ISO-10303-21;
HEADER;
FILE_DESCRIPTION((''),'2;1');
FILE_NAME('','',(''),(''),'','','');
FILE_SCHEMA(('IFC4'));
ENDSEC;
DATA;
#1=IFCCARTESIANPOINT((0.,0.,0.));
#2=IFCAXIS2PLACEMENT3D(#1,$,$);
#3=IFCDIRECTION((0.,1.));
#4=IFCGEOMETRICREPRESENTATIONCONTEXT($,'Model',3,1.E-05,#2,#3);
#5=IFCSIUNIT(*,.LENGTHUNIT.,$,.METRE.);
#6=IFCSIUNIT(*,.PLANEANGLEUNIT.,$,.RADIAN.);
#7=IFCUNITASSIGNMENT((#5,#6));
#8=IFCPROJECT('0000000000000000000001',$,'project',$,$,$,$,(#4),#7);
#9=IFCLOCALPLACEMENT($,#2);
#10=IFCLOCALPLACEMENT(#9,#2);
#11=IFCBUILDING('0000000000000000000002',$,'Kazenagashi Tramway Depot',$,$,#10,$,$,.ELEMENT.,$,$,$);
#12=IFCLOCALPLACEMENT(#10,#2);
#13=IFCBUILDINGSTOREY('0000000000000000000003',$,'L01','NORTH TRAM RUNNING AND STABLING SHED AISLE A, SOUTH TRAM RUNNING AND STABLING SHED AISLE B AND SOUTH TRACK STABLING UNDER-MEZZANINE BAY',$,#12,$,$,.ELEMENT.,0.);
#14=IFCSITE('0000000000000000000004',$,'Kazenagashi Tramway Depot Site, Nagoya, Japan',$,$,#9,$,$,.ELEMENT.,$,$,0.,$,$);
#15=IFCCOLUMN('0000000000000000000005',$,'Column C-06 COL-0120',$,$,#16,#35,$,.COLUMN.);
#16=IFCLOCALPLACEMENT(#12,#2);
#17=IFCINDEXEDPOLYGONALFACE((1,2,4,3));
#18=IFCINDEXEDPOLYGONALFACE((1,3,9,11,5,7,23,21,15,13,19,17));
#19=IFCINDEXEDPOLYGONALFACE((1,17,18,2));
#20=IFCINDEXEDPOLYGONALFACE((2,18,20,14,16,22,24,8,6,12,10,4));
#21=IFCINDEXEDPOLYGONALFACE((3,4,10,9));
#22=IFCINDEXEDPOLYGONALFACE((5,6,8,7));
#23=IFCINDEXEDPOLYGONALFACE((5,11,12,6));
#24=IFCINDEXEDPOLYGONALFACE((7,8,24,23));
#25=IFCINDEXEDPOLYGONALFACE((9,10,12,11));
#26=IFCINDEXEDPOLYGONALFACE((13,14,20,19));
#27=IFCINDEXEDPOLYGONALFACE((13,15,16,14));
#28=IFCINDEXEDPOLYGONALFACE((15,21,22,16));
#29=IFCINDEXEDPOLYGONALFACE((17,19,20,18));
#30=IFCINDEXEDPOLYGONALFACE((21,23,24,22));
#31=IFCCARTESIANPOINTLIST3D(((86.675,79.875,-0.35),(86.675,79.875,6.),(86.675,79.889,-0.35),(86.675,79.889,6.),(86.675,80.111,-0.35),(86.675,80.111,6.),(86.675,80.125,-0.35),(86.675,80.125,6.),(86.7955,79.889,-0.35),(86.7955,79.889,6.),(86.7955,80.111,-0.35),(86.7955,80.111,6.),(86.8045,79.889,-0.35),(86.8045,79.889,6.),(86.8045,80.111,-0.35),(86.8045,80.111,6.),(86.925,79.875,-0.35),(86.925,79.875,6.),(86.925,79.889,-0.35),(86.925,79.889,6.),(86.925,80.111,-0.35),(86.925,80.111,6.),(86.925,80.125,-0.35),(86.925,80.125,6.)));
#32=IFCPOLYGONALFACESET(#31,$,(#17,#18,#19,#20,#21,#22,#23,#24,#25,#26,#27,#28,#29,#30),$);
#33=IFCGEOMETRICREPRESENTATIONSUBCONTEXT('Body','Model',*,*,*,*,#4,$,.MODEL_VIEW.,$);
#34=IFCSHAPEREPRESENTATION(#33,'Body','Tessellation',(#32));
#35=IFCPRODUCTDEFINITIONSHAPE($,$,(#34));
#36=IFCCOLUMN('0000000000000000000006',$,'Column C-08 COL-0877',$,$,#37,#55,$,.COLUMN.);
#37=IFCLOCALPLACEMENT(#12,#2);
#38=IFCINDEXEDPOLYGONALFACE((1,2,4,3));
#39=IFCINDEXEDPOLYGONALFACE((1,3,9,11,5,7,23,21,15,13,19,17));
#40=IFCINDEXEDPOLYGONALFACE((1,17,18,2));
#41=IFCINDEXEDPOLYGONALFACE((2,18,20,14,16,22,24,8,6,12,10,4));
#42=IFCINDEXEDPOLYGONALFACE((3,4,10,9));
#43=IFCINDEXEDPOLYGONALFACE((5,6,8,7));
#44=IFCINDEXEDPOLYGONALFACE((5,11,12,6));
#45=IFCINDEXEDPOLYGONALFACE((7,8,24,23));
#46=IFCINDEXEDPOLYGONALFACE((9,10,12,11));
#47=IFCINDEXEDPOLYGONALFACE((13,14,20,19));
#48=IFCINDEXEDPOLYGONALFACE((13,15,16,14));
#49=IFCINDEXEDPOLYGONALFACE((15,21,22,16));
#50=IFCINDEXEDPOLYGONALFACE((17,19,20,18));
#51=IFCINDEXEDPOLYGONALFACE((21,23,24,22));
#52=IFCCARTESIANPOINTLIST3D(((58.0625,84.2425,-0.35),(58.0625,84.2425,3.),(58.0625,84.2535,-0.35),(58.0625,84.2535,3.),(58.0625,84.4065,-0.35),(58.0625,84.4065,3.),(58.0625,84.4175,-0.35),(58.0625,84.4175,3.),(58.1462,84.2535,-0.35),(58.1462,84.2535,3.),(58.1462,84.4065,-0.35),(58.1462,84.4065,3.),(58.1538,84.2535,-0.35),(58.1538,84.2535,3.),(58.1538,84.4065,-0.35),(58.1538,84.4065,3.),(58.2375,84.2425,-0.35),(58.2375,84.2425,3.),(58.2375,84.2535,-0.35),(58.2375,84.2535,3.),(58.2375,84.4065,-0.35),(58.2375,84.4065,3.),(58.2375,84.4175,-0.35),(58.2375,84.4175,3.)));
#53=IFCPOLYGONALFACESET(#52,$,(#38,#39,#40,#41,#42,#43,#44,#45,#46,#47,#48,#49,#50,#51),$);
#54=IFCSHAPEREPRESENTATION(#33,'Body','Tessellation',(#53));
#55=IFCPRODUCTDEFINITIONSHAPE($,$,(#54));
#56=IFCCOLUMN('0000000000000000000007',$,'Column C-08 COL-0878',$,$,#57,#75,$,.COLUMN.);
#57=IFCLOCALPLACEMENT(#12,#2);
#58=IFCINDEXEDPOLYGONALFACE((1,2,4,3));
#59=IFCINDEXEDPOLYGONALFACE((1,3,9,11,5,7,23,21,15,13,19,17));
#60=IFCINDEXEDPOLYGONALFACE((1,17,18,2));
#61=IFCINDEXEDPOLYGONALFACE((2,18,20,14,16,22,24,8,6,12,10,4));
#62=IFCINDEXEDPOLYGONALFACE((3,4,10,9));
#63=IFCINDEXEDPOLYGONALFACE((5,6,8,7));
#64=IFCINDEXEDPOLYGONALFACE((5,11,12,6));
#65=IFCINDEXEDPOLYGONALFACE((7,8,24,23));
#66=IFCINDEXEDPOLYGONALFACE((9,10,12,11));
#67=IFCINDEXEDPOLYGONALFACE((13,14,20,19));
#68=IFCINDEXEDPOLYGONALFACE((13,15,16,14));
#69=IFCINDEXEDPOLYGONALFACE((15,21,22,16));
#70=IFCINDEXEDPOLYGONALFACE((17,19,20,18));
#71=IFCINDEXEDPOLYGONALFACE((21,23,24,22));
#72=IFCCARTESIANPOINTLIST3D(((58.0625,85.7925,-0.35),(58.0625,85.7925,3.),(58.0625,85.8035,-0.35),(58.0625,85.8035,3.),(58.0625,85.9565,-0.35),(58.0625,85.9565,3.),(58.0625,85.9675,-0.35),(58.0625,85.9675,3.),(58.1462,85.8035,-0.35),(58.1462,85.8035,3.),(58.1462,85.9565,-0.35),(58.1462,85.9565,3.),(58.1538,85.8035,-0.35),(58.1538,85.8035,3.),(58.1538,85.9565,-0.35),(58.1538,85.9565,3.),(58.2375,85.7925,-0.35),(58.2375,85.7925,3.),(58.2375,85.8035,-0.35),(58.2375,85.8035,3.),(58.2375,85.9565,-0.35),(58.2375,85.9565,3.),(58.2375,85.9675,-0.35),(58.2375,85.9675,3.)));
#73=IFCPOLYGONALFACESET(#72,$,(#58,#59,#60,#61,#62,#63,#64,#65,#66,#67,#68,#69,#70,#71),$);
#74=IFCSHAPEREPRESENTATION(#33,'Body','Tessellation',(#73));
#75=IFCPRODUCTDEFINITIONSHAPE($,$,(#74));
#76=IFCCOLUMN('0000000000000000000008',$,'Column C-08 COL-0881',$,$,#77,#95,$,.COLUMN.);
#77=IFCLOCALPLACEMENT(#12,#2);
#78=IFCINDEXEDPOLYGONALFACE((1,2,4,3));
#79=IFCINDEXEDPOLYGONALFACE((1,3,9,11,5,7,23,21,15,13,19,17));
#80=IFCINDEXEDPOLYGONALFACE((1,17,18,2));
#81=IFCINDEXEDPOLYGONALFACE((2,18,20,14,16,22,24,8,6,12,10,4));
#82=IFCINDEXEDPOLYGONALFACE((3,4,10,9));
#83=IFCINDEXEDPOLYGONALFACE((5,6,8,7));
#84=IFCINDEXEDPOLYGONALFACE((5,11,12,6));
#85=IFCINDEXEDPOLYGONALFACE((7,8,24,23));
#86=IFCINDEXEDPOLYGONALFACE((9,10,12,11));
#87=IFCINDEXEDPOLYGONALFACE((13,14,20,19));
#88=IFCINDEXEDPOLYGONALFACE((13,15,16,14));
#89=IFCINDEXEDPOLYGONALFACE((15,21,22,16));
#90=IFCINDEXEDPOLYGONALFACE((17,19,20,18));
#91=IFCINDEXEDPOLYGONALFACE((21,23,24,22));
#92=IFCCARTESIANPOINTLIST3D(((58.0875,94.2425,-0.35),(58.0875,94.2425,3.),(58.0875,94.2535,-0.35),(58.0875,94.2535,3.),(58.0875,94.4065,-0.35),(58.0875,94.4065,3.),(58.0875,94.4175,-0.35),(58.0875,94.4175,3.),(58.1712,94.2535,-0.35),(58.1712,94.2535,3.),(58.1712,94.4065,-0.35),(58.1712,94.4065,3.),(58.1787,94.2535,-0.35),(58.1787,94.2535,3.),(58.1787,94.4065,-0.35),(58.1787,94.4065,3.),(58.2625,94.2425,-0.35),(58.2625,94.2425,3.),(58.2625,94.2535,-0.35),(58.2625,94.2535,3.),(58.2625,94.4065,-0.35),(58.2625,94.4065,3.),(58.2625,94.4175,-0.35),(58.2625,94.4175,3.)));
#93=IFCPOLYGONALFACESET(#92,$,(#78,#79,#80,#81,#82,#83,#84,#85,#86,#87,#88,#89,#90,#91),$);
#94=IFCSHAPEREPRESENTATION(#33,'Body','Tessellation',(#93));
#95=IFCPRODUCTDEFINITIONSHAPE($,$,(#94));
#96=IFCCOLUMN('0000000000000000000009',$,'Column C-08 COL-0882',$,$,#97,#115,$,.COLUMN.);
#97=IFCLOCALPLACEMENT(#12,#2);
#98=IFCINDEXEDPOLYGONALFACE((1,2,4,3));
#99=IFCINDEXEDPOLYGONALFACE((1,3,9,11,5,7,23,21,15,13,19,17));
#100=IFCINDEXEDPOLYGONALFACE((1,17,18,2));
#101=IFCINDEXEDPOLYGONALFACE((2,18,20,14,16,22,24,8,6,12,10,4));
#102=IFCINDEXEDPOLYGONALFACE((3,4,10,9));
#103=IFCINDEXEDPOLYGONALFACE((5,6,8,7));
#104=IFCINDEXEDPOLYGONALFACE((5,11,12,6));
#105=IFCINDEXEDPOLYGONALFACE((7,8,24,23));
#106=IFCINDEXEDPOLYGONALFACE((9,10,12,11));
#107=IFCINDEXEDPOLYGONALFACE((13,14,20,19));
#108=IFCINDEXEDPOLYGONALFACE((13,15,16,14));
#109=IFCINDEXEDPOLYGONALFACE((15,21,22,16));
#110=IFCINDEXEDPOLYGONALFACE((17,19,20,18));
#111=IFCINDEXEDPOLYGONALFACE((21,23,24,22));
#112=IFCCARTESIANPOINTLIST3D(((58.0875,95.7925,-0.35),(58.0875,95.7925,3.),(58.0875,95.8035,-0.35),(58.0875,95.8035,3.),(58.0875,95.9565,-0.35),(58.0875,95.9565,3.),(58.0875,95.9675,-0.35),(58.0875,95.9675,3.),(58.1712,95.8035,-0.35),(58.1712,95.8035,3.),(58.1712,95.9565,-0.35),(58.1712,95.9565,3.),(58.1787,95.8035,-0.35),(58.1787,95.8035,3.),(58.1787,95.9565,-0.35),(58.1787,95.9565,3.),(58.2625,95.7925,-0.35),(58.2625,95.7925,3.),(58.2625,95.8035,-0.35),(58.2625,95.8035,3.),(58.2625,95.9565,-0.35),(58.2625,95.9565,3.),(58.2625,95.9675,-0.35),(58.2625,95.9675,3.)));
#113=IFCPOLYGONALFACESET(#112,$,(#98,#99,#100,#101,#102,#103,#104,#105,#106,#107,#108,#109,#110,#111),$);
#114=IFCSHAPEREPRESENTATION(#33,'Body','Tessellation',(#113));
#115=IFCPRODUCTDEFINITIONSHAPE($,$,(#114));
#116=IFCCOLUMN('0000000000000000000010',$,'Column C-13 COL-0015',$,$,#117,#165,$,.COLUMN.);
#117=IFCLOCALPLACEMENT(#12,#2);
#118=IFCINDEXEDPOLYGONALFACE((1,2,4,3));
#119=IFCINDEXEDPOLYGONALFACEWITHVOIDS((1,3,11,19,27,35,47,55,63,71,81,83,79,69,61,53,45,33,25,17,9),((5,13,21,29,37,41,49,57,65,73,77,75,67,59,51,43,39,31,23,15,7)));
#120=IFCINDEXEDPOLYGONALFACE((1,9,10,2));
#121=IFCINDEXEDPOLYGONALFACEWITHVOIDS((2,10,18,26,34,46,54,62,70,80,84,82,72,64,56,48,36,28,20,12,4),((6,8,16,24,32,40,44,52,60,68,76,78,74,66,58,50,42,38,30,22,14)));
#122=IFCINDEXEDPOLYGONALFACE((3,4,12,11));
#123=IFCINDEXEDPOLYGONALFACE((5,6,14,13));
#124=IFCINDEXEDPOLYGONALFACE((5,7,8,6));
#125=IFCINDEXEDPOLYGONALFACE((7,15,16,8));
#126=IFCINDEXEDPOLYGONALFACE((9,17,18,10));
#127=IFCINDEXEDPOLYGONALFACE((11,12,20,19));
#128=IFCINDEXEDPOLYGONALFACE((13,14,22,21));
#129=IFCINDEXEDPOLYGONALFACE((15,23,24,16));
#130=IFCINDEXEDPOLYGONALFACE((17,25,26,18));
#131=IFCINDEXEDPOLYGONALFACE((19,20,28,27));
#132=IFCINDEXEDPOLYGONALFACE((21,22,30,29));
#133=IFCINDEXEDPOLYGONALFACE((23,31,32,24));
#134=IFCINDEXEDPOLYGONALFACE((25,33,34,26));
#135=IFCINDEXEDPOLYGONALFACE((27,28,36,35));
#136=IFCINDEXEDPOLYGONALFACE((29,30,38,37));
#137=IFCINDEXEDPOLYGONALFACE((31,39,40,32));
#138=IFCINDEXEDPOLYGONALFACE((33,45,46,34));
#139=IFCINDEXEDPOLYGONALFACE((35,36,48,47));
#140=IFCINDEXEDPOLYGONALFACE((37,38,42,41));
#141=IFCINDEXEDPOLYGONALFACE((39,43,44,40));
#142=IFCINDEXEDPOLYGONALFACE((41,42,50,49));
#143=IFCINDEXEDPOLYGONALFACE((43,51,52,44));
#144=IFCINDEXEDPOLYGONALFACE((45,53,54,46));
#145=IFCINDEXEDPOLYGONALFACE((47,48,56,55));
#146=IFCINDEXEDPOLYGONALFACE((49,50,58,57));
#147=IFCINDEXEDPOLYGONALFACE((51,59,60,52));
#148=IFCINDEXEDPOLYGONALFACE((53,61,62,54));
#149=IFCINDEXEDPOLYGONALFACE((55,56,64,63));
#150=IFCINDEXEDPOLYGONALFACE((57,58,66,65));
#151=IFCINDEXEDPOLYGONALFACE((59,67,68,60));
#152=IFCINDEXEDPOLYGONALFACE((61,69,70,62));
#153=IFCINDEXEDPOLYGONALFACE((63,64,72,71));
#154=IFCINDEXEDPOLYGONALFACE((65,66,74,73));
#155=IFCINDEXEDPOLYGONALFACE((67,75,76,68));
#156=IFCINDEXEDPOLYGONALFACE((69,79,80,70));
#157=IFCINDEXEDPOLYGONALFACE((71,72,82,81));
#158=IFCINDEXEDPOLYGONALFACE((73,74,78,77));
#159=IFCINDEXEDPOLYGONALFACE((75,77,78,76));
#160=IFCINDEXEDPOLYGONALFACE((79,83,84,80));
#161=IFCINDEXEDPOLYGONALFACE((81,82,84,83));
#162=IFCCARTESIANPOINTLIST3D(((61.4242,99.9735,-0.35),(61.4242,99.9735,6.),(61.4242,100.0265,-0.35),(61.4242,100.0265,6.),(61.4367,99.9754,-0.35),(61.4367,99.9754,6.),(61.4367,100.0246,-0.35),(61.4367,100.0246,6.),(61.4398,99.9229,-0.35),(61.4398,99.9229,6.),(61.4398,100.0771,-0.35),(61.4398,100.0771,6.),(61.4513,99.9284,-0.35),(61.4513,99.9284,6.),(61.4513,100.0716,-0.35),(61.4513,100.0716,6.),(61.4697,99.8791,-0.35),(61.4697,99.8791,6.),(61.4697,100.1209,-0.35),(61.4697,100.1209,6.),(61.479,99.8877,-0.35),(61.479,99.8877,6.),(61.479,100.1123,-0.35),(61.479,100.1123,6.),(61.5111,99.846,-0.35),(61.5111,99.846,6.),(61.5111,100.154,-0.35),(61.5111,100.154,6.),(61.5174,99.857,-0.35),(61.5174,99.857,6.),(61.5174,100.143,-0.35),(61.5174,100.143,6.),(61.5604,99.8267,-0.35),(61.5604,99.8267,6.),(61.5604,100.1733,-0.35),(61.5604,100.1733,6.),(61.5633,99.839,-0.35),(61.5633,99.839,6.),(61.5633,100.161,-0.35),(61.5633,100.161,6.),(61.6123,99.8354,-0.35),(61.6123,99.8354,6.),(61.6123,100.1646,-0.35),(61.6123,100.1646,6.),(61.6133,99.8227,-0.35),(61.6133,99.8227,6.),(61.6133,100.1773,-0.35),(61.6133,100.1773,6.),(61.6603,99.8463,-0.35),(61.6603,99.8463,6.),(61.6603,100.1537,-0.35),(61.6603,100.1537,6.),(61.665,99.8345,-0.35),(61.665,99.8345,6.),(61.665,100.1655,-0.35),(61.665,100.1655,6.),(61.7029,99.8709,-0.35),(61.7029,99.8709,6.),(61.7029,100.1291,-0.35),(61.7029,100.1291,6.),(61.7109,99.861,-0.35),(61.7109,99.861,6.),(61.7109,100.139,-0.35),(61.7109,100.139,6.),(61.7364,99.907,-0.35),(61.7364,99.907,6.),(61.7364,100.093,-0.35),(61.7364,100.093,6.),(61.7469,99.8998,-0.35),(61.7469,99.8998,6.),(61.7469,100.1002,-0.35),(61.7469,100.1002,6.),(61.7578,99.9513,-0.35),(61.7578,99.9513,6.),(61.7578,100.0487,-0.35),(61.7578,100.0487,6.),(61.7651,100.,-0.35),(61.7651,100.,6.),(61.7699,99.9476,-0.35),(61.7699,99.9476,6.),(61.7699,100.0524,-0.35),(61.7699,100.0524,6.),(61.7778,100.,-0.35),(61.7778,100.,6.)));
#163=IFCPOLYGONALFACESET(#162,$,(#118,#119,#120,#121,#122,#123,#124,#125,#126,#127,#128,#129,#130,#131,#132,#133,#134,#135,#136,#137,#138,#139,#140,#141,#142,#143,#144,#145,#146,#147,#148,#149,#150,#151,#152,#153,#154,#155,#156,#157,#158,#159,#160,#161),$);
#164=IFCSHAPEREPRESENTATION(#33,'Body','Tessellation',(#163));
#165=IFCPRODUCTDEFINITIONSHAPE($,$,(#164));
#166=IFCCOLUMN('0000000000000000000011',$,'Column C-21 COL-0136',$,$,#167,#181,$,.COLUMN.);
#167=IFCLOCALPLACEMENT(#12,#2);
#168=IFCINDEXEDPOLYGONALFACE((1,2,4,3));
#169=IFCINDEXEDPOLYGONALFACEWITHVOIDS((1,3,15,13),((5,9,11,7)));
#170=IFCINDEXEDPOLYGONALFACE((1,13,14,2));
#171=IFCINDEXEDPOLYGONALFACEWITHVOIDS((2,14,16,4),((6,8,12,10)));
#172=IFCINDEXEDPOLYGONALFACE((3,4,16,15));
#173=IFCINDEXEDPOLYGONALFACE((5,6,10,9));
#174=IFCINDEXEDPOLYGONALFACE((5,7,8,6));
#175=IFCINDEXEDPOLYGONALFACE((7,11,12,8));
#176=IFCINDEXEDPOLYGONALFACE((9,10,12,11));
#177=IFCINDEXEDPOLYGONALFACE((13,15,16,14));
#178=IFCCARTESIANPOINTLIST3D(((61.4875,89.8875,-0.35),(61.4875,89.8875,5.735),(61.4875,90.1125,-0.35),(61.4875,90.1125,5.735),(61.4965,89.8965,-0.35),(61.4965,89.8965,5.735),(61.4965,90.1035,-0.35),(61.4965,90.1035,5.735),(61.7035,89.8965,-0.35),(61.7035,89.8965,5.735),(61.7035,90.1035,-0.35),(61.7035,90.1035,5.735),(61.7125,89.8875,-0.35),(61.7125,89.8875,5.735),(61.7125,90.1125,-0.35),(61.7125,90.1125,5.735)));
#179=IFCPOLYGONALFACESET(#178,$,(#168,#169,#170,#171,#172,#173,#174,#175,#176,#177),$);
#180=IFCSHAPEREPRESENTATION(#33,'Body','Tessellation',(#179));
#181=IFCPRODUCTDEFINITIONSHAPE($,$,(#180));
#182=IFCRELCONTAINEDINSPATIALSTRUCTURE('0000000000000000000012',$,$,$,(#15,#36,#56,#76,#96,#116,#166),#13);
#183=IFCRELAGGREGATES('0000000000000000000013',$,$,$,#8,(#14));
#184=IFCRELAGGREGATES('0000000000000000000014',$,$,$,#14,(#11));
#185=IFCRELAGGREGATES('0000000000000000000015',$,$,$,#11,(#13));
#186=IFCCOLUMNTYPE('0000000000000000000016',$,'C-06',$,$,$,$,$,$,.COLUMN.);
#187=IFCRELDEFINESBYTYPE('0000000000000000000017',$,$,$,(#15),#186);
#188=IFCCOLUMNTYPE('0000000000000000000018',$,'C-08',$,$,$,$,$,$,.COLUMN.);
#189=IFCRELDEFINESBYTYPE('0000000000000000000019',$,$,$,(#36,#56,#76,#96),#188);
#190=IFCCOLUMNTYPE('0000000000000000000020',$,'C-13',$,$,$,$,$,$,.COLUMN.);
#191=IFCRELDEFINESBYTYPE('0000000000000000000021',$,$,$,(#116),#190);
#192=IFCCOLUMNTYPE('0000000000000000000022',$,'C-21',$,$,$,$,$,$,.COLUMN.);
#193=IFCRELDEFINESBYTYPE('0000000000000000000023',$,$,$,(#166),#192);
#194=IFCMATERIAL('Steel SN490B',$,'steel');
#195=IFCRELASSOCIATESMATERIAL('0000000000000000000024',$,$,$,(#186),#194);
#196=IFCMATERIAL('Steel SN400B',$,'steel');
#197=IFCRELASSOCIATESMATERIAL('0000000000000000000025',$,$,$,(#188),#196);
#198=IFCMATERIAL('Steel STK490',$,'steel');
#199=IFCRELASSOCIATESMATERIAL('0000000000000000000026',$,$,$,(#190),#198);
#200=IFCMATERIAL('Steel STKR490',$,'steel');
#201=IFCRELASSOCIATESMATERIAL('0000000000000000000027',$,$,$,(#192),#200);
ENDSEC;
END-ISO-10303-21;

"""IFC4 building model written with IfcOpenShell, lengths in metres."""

from ifc_helpers import new_model, si_unit, direction, frame, origin, origin_2d, place, context, subcontext, project, spatial, hollow_rectangle, hollow_circle, i_section, extrude, material, material_profile, profile_set, type_object, element, save


model = new_model("IFC4")

# Units and contexts
model_context = context("Model", 3, precision=1e-05, world=origin(), true_north=direction((0.0, 1.0)))
body_context = subcontext(model_context, "Body", "Model", "MODEL_VIEW")
ifc_project = project(units=[si_unit("LENGTHUNIT", "METRE"), si_unit("PLANEANGLEUNIT", "RADIAN")], contexts=[model_context])

# Site, building, storey
site_placement = place(None, origin())
site = spatial("IfcSite", under=ifc_project, at=site_placement, Name="Kazenagashi Tramway Depot Site, Nagoya, Japan", CompositionType="ELEMENT", RefElevation=0.0)
building_placement = place(site_placement, origin())
building = spatial("IfcBuilding", under=site, at=building_placement, Name="Kazenagashi Tramway Depot", CompositionType="ELEMENT")
storey_placement = place(building_placement, origin())
storey = spatial("IfcBuildingStorey", under=building, at=storey_placement, Name="L01", Description="NORTH TRAM RUNNING AND STABLING SHED AISLE A, SOUTH TRAM RUNNING AND STABLING SHED AISLE B AND SOUTH TRACK STABLING UNDER-MEZZANINE BAY", CompositionType="ELEMENT", Elevation=0.0)

# Columns
ifc_material_1 = material(Name="Steel SN490B", Category="steel")
ifc_material_profile_1 = material_profile(ifc_material_1, i_section(OverallWidth=0.25, OverallDepth=0.25, WebThickness=0.009, FlangeThickness=0.014, at=origin_2d()), Name="H-250x250x9x14")
ifc_profile_set_1 = profile_set([ifc_material_profile_1], Name="Steel SN490B")
column_type_1 = type_object("IfcColumnType", Name="C-06", PredefinedType="COLUMN", material=ifc_profile_set_1)
column_1_placement = place(storey_placement, frame((86.8, 80.0, -0.35), z_axis=(0.0, 0.0, 1.0), x_axis=(1.0, 0.0, 0.0)))
element("IfcColumn", 1, at=column_1_placement, inside=storey, type_object=column_type_1, Name="Column C-06 COL-0120", PredefinedType="COLUMN", context=body_context, shape_type="SweptSolid", body=[
    extrude(i_section(OverallWidth=0.25, OverallDepth=0.25, WebThickness=0.009, FlangeThickness=0.014, at=origin_2d()), origin(), (0.0, 0.0, 1.0), 6.35),
])
ifc_material_2 = material(Name="Steel SN400B", Category="steel")
ifc_material_profile_2 = material_profile(ifc_material_2, i_section(OverallWidth=0.175, OverallDepth=0.175, WebThickness=0.0075, FlangeThickness=0.011, at=origin_2d()), Name="H-175x175x7.5x11")
ifc_profile_set_2 = profile_set([ifc_material_profile_2], Name="Steel SN400B")
column_type_2 = type_object("IfcColumnType", Name="C-08", PredefinedType="COLUMN", material=ifc_profile_set_2)
for number, where, z_axis, x_axis, name in (
    (2, (58.15, 84.33, -0.35), (0.0, 0.0, 1.0), (1.0, 0.0, 0.0), "Column C-08 COL-0877"),
    (3, (58.15, 85.88, -0.35), (0.0, 0.0, 1.0), (1.0, 0.0, 0.0), "Column C-08 COL-0878"),
    (4, (58.175, 94.33, -0.35), (0.0, 0.0, 1.0), (1.0, 0.0, 0.0), "Column C-08 COL-0881"),
    (5, (58.175, 95.88, -0.35), (0.0, 0.0, 1.0), (1.0, 0.0, 0.0), "Column C-08 COL-0882"),
):
    element("IfcColumn", number, at=place(storey_placement, frame(where, z_axis=z_axis, x_axis=x_axis)), inside=storey, type_object=column_type_2, Name=name, PredefinedType="COLUMN", context=body_context, shape_type="SweptSolid", body=[
        extrude(i_section(OverallWidth=0.175, OverallDepth=0.175, WebThickness=0.0075, FlangeThickness=0.011, at=origin_2d()), origin(), (0.0, 0.0, 1.0), 3.35),
    ])
ifc_material_3 = material(Name="Steel STK490", Category="steel")
ifc_material_profile_3 = material_profile(ifc_material_3, hollow_circle(Radius=0.1778, WallThickness=0.0127, at=origin_2d()), Name="CHS-355.6x12.7")
ifc_profile_set_3 = profile_set([ifc_material_profile_3], Name="Steel STK490")
column_type_3 = type_object("IfcColumnType", Name="C-13", PredefinedType="COLUMN", material=ifc_profile_set_3)
column_2_placement = place(storey_placement, frame((61.6, 100.0, -0.35), z_axis=(0.0, 0.0, 1.0), x_axis=(1.0, 0.0, 0.0)))
element("IfcColumn", 6, at=column_2_placement, inside=storey, type_object=column_type_3, Name="Column C-13 COL-0015", PredefinedType="COLUMN", context=body_context, shape_type="SweptSolid", body=[
    extrude(hollow_circle(Radius=0.1778, WallThickness=0.0127, at=origin_2d()), origin(), (0.0, 0.0, 1.0), 6.35),
])
ifc_material_4 = material(Name="Steel STKR490", Category="steel")
ifc_material_profile_4 = material_profile(ifc_material_4, hollow_rectangle(XDim=0.225, YDim=0.225, WallThickness=0.009, at=origin_2d()), Name="SHS-225x225x9")
ifc_profile_set_4 = profile_set([ifc_material_profile_4], Name="Steel STKR490")
column_type_4 = type_object("IfcColumnType", Name="C-21", PredefinedType="COLUMN", material=ifc_profile_set_4)
column_3_placement = place(storey_placement, frame((61.6, 90.0, -0.35), z_axis=(0.0, 0.0, 1.0), x_axis=(1.0, 0.0, 0.0)))
element("IfcColumn", 7, at=column_3_placement, inside=storey, type_object=column_type_4, Name="Column C-21 COL-0136", PredefinedType="COLUMN", context=body_context, shape_type="SweptSolid", body=[
    extrude(hollow_rectangle(XDim=0.225, YDim=0.225, WallThickness=0.009, at=origin_2d()), origin(), (0.0, 0.0, 1.0), 6.085),
])

save(model, "model.ifc")
